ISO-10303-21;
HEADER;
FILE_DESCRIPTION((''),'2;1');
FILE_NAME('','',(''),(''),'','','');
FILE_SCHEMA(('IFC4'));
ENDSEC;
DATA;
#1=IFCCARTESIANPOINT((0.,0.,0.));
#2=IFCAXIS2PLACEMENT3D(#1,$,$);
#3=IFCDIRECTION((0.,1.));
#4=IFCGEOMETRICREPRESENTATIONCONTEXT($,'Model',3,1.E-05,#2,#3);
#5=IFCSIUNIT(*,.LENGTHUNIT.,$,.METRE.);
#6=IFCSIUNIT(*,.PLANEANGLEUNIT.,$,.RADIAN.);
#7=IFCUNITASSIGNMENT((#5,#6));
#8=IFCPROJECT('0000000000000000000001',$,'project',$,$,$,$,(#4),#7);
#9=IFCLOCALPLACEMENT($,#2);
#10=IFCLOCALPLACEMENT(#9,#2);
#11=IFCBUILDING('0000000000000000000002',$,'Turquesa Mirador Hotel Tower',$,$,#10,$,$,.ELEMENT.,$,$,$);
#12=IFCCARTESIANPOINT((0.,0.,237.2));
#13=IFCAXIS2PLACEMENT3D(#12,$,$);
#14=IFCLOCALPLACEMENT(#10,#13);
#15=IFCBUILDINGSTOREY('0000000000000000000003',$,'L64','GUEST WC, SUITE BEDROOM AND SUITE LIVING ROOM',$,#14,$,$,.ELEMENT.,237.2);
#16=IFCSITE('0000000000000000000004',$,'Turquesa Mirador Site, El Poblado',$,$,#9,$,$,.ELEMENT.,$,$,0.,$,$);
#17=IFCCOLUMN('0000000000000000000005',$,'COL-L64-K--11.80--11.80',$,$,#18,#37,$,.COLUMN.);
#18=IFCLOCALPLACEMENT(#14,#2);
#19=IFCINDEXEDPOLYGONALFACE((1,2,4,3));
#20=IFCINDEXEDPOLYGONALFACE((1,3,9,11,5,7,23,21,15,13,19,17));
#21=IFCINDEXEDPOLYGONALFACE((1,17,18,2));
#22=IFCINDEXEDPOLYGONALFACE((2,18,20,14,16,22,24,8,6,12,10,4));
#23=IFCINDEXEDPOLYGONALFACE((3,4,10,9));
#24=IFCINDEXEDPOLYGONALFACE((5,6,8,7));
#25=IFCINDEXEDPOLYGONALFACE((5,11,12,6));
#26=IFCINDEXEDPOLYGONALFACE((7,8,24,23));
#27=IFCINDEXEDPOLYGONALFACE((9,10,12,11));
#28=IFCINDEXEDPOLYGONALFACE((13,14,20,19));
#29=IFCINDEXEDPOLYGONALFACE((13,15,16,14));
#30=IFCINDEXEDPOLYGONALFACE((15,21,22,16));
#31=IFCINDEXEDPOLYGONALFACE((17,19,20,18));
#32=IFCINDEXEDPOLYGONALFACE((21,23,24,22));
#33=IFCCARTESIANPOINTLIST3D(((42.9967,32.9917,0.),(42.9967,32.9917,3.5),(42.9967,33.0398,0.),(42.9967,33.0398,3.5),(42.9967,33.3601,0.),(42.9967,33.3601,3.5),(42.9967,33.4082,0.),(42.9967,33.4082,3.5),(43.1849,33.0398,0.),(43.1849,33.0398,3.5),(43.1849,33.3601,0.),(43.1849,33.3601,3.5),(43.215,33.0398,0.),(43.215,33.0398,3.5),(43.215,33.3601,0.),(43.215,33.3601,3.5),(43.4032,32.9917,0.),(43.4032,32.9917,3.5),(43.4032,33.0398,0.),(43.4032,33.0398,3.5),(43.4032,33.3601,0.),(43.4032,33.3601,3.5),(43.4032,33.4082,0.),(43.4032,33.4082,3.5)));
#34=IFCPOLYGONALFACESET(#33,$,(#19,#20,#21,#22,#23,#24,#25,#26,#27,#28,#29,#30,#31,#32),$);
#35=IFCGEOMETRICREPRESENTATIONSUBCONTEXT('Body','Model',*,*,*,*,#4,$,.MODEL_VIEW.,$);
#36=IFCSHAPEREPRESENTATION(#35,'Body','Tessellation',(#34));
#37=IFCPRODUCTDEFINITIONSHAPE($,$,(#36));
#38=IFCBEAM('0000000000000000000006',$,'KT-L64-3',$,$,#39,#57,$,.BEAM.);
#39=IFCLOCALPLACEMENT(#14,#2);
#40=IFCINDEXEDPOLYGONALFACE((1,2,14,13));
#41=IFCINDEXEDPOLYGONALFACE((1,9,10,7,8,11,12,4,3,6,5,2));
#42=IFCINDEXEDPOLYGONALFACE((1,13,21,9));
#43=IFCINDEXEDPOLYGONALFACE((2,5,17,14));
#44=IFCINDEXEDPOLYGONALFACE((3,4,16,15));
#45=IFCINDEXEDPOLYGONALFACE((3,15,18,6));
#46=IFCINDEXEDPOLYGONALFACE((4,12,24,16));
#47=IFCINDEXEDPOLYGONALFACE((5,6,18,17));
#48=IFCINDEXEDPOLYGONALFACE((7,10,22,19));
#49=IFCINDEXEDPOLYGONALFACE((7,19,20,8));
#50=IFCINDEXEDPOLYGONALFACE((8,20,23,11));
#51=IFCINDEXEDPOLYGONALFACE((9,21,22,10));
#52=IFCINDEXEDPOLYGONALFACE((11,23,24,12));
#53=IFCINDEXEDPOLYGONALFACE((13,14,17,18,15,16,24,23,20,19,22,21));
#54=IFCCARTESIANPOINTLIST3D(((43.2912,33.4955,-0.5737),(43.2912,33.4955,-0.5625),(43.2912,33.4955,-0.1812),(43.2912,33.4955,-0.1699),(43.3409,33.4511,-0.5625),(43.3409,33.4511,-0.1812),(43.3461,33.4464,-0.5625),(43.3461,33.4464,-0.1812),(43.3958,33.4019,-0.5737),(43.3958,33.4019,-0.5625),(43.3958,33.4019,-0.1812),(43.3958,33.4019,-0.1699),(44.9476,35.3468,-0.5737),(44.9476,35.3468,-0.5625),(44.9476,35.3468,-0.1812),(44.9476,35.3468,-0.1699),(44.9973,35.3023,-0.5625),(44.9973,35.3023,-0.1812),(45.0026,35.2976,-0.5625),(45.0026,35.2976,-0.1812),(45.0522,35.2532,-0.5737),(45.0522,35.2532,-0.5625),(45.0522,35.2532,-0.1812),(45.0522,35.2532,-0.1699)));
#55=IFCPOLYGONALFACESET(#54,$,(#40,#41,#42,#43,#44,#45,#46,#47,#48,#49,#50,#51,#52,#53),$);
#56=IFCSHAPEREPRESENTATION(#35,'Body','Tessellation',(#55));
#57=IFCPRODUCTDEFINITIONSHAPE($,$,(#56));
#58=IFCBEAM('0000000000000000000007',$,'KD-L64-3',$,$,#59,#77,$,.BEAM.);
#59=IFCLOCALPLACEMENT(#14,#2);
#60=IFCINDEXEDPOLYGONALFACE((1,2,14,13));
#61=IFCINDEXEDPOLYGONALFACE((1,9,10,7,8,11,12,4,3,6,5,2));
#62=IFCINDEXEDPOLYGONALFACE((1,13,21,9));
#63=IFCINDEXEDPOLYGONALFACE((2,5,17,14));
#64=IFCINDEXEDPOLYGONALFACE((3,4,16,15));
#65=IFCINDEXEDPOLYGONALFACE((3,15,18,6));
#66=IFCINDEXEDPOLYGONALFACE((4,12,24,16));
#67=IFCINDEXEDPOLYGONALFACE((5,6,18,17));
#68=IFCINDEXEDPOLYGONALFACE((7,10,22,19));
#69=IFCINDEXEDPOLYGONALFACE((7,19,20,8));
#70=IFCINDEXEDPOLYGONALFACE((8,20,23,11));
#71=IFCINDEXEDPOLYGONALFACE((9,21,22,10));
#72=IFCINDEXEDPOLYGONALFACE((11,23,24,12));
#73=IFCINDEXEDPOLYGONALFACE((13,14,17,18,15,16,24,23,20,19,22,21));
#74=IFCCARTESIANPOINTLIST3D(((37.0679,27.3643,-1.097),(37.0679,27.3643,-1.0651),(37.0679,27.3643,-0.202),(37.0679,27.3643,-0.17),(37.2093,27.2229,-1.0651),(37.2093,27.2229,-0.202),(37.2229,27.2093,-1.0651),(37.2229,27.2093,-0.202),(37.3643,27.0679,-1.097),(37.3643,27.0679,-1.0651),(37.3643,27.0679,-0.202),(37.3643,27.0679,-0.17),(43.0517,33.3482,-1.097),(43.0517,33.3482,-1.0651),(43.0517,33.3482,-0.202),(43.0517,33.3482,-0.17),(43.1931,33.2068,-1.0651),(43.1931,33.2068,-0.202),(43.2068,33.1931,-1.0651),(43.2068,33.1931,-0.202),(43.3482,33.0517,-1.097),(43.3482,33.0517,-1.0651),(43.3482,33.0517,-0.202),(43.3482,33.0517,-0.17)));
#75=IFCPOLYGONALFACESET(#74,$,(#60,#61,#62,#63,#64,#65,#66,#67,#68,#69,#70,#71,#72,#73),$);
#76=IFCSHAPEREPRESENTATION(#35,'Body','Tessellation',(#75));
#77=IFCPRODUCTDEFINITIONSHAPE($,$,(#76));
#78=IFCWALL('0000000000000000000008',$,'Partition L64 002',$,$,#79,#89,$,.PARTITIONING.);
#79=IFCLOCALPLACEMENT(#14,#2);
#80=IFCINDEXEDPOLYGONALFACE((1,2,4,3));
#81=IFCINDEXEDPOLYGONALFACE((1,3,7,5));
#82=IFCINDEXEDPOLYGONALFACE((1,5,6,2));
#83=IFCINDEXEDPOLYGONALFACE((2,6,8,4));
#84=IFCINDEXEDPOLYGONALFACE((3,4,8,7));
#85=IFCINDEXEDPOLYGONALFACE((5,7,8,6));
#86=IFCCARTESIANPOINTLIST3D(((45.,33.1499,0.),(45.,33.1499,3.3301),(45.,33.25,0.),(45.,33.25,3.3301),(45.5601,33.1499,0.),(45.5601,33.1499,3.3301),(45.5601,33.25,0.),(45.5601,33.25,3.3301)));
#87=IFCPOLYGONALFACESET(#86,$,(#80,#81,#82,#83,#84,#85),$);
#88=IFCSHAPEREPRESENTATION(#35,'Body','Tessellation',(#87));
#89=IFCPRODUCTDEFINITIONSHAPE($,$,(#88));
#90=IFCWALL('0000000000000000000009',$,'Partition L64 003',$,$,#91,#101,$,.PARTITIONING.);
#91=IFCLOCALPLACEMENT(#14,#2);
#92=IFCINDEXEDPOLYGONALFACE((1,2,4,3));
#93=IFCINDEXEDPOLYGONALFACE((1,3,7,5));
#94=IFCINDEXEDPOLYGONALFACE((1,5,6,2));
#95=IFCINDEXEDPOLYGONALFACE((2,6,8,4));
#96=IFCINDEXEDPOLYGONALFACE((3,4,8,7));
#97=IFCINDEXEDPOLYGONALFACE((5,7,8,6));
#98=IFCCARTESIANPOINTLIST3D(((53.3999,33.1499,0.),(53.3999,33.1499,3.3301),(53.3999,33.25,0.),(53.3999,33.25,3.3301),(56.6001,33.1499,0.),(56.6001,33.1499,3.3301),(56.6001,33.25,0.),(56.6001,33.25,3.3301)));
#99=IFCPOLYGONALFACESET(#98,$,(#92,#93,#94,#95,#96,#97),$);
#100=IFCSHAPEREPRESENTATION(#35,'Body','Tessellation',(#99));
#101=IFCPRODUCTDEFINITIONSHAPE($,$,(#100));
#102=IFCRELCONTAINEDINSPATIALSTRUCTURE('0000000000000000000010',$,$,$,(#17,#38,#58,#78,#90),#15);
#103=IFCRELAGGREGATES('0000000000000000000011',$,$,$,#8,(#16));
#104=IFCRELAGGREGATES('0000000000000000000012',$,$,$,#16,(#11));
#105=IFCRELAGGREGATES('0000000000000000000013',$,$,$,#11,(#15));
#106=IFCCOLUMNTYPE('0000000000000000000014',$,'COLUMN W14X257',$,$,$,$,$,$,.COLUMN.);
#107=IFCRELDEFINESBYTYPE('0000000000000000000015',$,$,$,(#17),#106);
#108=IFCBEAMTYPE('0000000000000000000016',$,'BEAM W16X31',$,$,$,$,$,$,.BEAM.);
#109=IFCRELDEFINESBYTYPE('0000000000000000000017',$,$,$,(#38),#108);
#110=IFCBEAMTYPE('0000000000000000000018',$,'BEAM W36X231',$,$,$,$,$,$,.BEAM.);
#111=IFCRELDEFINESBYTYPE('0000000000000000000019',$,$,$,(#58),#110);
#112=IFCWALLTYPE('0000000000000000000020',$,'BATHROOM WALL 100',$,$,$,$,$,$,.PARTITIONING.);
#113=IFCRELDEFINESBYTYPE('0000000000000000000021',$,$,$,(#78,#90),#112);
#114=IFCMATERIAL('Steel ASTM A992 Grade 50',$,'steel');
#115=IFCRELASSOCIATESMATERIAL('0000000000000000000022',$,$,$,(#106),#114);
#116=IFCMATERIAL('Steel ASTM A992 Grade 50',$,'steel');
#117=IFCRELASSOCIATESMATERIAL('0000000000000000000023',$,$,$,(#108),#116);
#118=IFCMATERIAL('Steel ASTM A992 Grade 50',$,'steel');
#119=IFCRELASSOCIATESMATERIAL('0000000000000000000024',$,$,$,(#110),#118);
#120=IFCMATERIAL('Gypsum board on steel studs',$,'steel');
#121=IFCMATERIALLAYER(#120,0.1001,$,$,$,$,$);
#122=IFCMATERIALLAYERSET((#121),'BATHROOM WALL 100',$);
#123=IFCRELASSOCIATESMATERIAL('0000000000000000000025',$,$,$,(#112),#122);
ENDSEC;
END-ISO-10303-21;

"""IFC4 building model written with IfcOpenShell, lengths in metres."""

from ifc_helpers import new_model, si_unit, direction, frame, frame_2d, origin, origin_2d, place, context, subcontext, project, spatial, rectangle, i_section, extrude, material, layer, layer_set, material_profile, profile_set, type_object, element, save


model = new_model("IFC4")

# Units and contexts
model_context = context("Model", 3, precision=1e-05, world=origin(), true_north=direction((0.0, 1.0)))
body_context = subcontext(model_context, "Body", "Model", "MODEL_VIEW")
ifc_project = project(units=[si_unit("LENGTHUNIT", "METRE"), si_unit("PLANEANGLEUNIT", "RADIAN")], contexts=[model_context])

# Site, building, storey
site_placement = place(None, origin())
site = spatial("IfcSite", under=ifc_project, at=site_placement, Name="Turquesa Mirador Site, El Poblado", CompositionType="ELEMENT", RefElevation=0.0)
building_placement = place(site_placement, origin())
building = spatial("IfcBuilding", under=site, at=building_placement, Name="Turquesa Mirador Hotel Tower", CompositionType="ELEMENT")
storey_placement = place(building_placement, frame((0.0, 0.0, 237.2)))
storey = spatial("IfcBuildingStorey", under=building, at=storey_placement, Name="L64", Description="GUEST WC, SUITE BEDROOM AND SUITE LIVING ROOM", CompositionType="ELEMENT", Elevation=237.2)

# Column
ifc_material_1 = material(Name="Steel ASTM A992 Grade 50", Category="steel")
ifc_material_profile_1 = material_profile(ifc_material_1, i_section(OverallWidth=0.4065, OverallDepth=0.4165, WebThickness=0.03, FlangeThickness=0.0481, at=origin_2d()), Name="W14X257")
ifc_profile_set_1 = profile_set([ifc_material_profile_1], Name="Steel ASTM A992 Grade 50")
column_type = type_object("IfcColumnType", Name="COLUMN W14X257", PredefinedType="COLUMN", material=ifc_profile_set_1)
column_placement = place(storey_placement, frame((43.2, 33.2, 0.0), z_axis=(0.0, 0.0, 1.0), x_axis=(1.0, 0.0, 0.0)))
element("IfcColumn", 1, at=column_placement, inside=storey, type_object=column_type, Name="COL-L64-K--11.80--11.80", PredefinedType="COLUMN", context=body_context, shape_type="SweptSolid", body=[
    extrude(i_section(OverallWidth=0.4065, OverallDepth=0.4165, WebThickness=0.03, FlangeThickness=0.0481, at=origin_2d()), origin(), (0.0, 0.0, 1.0), 3.5),
])

# Beams
ifc_material_2 = material(Name="Steel ASTM A992 Grade 50", Category="steel")
ifc_material_profile_2 = material_profile(ifc_material_2, i_section(OverallWidth=0.1404, OverallDepth=0.4038, WebThickness=0.0071, FlangeThickness=0.0112, at=origin_2d()), Name="W16X31")
ifc_profile_set_2 = profile_set([ifc_material_profile_2], Name="Steel ASTM A992 Grade 50")
beam_type_1 = type_object("IfcBeamType", Name="BEAM W16X31", PredefinedType="BEAM", material=ifc_profile_set_2)
beam_1_placement = place(storey_placement, frame((43.3435, 33.4487, -0.3718), z_axis=(0.666806, 0.745231, 0.0), x_axis=(-0.745231, 0.666806, 0.0)))
element("IfcBeam", 2, at=beam_1_placement, inside=storey, type_object=beam_type_1, Name="KT-L64-3", PredefinedType="BEAM", context=body_context, shape_type="SweptSolid", body=[
    extrude(i_section(OverallWidth=0.1404, OverallDepth=0.4038, WebThickness=0.0071, FlangeThickness=0.0112, at=origin_2d()), origin(), (0.0, 0.0, 1.0), 2.4841),
])
ifc_material_3 = material(Name="Steel ASTM A992 Grade 50", Category="steel")
ifc_material_profile_3 = material_profile(ifc_material_3, i_section(OverallWidth=0.4192, OverallDepth=0.927, WebThickness=0.0193, FlangeThickness=0.032, at=origin_2d()), Name="W36X231")
ifc_profile_set_3 = profile_set([ifc_material_profile_3], Name="Steel ASTM A992 Grade 50")
beam_type_2 = type_object("IfcBeamType", Name="BEAM W36X231", PredefinedType="BEAM", material=ifc_profile_set_3)
beam_2_placement = place(storey_placement, frame((43.2, 33.2, -0.6335), z_axis=(-0.707107, -0.707107, 0.0), x_axis=(0.707107, -0.707107, 0.0)))
element("IfcBeam", 3, at=beam_2_placement, inside=storey, type_object=beam_type_2, Name="KD-L64-3", PredefinedType="BEAM", context=body_context, shape_type="SweptSolid", body=[
    extrude(i_section(OverallWidth=0.4192, OverallDepth=0.927, WebThickness=0.0193, FlangeThickness=0.032, at=origin_2d()), origin(), (0.0, 0.0, 1.0), 8.4624),
])

# Walls
ifc_material_4 = material(Name="Gypsum board on steel studs", Category="steel")
ifc_layer_1 = layer(ifc_material_4, 0.1001)
ifc_layer_set_1 = layer_set([ifc_layer_1], Name="BATHROOM WALL 100")
wall_type_1 = type_object("IfcWallType", Name="BATHROOM WALL 100", PredefinedType="PARTITIONING", material=ifc_layer_set_1)
wall_1_placement = place(storey_placement, frame((45.0, 33.2, 0.0), z_axis=(0.0, 0.0, 1.0), x_axis=(1.0, 0.0, 0.0)))
element("IfcWall", 4, at=wall_1_placement, inside=storey, type_object=wall_type_1, Name="Partition L64 002", PredefinedType="PARTITIONING", context=body_context, shape_type="SweptSolid", body=[
    extrude(rectangle(XDim=0.5601, YDim=0.1001, at=frame_2d((0.28, 0.0))), origin(), (0.0, 0.0, 1.0), 3.3301),
])
wall_2_placement = place(storey_placement, frame((53.3999, 33.2, 0.0), z_axis=(0.0, 0.0, 1.0), x_axis=(1.0, 0.0, 0.0)))
element("IfcWall", 5, at=wall_2_placement, inside=storey, type_object=wall_type_1, Name="Partition L64 003", PredefinedType="PARTITIONING", context=body_context, shape_type="SweptSolid", body=[
    extrude(rectangle(XDim=3.2002, YDim=0.1001, at=frame_2d((1.6001, 0.0))), origin(), (0.0, 0.0, 1.0), 3.3301),
])

save(model, "model.ifc")
